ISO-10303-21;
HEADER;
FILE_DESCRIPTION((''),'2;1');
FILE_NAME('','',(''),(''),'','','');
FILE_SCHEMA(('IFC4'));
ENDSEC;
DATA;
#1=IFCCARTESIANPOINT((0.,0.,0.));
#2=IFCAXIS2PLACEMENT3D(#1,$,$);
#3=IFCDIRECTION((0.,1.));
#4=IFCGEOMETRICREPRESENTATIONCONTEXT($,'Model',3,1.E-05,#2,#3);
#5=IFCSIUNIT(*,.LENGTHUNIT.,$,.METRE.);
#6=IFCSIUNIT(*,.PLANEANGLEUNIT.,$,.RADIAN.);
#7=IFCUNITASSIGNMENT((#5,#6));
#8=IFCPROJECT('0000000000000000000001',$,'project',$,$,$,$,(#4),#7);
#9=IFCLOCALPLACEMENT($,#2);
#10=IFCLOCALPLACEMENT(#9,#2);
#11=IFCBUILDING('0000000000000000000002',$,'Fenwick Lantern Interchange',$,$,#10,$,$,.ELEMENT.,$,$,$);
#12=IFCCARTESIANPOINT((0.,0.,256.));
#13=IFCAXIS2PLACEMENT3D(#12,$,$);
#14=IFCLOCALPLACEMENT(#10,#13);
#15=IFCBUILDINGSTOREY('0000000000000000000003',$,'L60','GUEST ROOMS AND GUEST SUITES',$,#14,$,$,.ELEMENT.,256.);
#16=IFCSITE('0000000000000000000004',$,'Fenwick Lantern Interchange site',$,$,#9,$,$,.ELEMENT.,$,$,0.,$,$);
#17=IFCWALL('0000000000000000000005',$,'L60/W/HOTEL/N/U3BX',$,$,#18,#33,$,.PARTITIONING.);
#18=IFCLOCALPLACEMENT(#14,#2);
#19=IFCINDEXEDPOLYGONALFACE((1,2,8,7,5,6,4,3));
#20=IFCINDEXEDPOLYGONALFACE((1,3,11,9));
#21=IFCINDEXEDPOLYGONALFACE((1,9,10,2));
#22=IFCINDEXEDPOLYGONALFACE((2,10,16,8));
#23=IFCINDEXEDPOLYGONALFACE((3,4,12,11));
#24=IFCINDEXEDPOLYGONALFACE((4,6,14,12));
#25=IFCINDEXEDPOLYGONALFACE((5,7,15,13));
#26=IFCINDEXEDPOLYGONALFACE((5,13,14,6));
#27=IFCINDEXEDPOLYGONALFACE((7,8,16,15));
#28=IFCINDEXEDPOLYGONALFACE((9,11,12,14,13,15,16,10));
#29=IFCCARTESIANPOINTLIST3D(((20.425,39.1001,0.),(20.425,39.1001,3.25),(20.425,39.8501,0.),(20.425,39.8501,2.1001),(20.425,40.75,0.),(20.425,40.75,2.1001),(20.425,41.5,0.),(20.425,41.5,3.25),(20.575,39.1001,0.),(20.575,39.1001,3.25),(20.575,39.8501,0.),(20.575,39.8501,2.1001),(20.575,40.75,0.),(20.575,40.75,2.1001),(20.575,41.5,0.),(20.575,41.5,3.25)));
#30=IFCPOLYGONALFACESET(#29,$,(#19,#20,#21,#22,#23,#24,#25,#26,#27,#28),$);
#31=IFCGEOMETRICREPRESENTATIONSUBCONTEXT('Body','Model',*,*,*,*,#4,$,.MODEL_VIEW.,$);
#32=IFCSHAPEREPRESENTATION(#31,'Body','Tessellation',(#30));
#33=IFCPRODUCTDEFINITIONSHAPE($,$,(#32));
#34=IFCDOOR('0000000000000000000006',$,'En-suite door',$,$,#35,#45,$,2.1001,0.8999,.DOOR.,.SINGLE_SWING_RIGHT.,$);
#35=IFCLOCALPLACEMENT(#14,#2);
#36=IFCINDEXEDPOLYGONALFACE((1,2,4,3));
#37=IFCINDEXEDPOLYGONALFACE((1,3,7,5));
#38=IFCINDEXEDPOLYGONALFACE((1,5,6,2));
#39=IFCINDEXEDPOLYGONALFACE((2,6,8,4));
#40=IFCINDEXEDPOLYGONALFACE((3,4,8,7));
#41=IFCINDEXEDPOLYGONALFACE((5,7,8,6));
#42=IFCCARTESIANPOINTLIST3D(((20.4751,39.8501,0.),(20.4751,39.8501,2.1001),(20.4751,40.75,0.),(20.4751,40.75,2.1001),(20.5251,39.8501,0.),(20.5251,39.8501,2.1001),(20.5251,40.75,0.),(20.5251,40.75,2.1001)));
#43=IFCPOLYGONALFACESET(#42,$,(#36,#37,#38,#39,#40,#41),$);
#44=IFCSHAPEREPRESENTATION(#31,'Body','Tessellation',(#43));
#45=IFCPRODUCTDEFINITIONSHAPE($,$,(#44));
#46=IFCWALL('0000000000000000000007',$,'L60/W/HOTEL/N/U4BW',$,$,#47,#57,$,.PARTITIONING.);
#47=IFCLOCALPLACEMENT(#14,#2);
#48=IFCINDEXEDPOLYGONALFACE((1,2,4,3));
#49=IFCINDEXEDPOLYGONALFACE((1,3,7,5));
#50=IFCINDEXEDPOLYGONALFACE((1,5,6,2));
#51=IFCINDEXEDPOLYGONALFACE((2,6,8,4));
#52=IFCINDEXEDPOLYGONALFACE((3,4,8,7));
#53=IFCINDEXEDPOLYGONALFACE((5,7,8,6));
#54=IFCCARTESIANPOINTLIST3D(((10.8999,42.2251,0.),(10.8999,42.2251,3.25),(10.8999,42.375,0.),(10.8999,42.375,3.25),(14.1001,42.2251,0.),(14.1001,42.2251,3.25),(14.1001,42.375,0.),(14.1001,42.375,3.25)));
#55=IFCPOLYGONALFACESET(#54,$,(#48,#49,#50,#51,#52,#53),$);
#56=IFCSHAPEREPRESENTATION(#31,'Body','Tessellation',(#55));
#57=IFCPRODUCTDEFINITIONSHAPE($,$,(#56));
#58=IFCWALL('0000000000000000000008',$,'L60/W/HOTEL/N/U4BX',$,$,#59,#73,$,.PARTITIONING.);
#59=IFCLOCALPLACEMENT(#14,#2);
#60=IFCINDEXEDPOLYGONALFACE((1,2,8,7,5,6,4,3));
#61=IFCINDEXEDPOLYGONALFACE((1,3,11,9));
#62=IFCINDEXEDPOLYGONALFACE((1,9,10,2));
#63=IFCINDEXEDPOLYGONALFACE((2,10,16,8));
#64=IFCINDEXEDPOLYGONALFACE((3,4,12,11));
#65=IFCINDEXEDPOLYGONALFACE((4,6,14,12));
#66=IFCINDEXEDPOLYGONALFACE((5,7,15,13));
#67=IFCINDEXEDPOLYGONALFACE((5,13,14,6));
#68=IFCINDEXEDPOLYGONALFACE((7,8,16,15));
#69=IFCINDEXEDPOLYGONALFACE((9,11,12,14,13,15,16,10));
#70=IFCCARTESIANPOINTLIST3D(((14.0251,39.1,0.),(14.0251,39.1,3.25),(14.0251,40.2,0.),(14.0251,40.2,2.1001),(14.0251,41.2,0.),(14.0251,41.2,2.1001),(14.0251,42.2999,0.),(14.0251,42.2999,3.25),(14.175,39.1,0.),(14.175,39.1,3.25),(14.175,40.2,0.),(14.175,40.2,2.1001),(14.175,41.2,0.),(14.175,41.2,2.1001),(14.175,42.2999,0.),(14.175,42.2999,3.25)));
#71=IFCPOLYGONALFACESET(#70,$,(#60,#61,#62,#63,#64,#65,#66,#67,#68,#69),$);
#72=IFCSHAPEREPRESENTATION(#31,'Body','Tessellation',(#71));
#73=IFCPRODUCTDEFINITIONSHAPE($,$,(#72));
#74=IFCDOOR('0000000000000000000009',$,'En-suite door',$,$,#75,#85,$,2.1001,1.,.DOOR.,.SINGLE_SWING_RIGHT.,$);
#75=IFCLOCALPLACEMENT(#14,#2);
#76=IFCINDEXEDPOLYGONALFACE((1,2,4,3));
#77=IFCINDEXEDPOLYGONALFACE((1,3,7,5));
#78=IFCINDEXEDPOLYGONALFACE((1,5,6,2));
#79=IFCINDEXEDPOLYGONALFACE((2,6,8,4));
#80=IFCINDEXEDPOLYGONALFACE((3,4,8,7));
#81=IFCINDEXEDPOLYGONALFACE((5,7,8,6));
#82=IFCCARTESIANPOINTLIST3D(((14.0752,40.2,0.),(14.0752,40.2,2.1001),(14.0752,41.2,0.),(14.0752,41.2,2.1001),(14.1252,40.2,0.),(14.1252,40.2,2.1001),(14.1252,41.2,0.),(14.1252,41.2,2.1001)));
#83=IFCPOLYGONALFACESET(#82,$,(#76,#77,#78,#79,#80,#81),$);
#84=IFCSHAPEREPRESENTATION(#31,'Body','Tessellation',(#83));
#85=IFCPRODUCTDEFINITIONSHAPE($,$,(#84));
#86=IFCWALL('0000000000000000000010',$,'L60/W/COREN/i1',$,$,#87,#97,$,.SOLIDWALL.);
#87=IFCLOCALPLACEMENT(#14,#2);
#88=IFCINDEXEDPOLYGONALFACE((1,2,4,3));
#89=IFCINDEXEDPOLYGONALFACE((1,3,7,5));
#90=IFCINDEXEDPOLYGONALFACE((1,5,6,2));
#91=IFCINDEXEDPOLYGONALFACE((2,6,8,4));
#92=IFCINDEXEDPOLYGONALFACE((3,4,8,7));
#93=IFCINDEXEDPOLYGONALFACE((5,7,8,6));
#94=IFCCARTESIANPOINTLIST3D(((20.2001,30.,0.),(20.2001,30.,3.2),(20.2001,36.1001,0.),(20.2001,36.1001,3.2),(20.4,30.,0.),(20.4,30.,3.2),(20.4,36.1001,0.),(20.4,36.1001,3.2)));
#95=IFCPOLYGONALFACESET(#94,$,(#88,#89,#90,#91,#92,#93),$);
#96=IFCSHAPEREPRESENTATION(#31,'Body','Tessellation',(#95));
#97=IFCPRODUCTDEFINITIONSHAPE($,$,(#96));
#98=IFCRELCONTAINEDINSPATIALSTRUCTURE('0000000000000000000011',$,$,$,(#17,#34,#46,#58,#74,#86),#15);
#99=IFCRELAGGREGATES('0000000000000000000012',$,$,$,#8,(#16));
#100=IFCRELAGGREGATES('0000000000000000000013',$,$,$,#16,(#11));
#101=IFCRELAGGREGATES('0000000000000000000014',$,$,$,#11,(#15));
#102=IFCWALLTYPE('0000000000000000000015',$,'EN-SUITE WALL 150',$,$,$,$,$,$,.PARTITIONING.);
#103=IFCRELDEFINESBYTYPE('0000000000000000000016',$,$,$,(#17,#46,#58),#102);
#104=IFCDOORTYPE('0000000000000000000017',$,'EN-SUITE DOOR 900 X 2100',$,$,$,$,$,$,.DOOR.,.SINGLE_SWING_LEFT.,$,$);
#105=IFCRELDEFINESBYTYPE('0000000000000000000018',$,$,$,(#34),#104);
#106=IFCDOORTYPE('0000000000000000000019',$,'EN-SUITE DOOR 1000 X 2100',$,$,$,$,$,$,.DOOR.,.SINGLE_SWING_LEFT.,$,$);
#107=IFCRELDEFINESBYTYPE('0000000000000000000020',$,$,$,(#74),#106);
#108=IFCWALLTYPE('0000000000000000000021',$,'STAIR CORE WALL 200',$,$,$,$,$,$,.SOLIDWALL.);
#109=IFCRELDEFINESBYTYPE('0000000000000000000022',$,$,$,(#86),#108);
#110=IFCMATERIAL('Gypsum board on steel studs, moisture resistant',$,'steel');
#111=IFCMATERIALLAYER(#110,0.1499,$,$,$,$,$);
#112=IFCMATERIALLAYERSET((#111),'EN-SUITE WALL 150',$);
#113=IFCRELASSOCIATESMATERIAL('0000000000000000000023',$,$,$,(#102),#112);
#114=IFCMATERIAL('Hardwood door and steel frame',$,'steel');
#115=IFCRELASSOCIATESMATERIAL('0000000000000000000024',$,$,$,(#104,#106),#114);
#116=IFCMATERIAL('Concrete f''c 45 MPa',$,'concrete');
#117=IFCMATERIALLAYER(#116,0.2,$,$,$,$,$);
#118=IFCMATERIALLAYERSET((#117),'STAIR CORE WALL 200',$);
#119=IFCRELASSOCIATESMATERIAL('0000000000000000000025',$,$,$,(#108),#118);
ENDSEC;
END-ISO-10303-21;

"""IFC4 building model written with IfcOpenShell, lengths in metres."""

from ifc_helpers import new_model, si_unit, direction, frame, frame_2d, origin, place, context, subcontext, project, spatial, rectangle, extrude, material, layer, layer_set, type_object, element, fill, save


model = new_model("IFC4")

# Units and contexts
model_context = context("Model", 3, precision=1e-05, world=origin(), true_north=direction((0.0, 1.0)))
body_context = subcontext(model_context, "Body", "Model", "MODEL_VIEW")
ifc_project = project(units=[si_unit("LENGTHUNIT", "METRE"), si_unit("PLANEANGLEUNIT", "RADIAN")], contexts=[model_context])

# Site, building, storey
site_placement = place(None, origin())
site = spatial("IfcSite", under=ifc_project, at=site_placement, Name="Fenwick Lantern Interchange site", CompositionType="ELEMENT", RefElevation=0.0)
building_placement = place(site_placement, origin())
building = spatial("IfcBuilding", under=site, at=building_placement, Name="Fenwick Lantern Interchange", CompositionType="ELEMENT")
storey_placement = place(building_placement, frame((0.0, 0.0, 256.0)))
storey = spatial("IfcBuildingStorey", under=building, at=storey_placement, Name="L60", Description="GUEST ROOMS AND GUEST SUITES", CompositionType="ELEMENT", Elevation=256.0)

# Shared definitions
ifc_material_1 = material(Name="Hardwood door and steel frame", Category="steel")

# Shared definitions
ifc_material_2 = material(Name="Gypsum board on steel studs, moisture resistant", Category="steel")
ifc_layer_1 = layer(ifc_material_2, 0.1499)
ifc_layer_set_1 = layer_set([ifc_layer_1], Name="EN-SUITE WALL 150")
wall_type_1 = type_object("IfcWallType", Name="EN-SUITE WALL 150", PredefinedType="PARTITIONING", material=ifc_layer_set_1)

# Wall, opening, door
wall_1_placement = place(storey_placement, frame((20.5, 41.5, 0.0), z_axis=(0.0, 0.0, 1.0), x_axis=(0.0, -1.0, 0.0)))
wall_1 = element("IfcWall", 1, at=wall_1_placement, inside=storey, type_object=wall_type_1, Name="L60/W/HOTEL/N/U3BX", PredefinedType="PARTITIONING", context=body_context, shape_type="SweptSolid", body=[
    extrude(rectangle(XDim=2.3999, YDim=0.1499, at=frame_2d((1.2, 0.0))), origin(), (0.0, 0.0, 1.0), 3.25),
])
opening_1_placement = place(wall_1_placement, frame((0.75, 0.0, 0.0)))
opening_1 = element("IfcOpeningElement", 2, at=opening_1_placement, cuts=wall_1, PredefinedType="OPENING", context=body_context, shape_type="SweptSolid", body=[
    extrude(rectangle(XDim=0.8999, YDim=2.1001, at=frame_2d((0.45, 1.05))), frame((0.0, 0.085, 0.0), z_axis=(0.0, -1.0, 0.0), x_axis=(1.0, 0.0, 0.0)), (0.0, 0.0, 1.0), 0.1699),
])
door_type_1 = type_object("IfcDoorType", Name="EN-SUITE DOOR 900 X 2100", OperationType="SINGLE_SWING_LEFT", PredefinedType="DOOR", material=ifc_material_1)
door_1_placement = place(opening_1_placement, frame((0.8999, 0.0, 0.0), z_axis=(0.0, 0.0, 1.0), x_axis=(-1.0, 0.0, 0.0)))
door_1 = element("IfcDoor", 3, at=door_1_placement, inside=storey, type_object=door_type_1, Name="En-suite door", OperationType="SINGLE_SWING_RIGHT", OverallHeight=2.1001, OverallWidth=0.8999, PredefinedType="DOOR", context=body_context, shape_type="SweptSolid", body=[
    extrude(rectangle(XDim=0.8999, YDim=2.1001, at=frame_2d((0.45, 1.05))), frame((0.0, 0.0249, 0.0), z_axis=(0.0, -1.0, 0.0), x_axis=(1.0, 0.0, 0.0)), (0.0, 0.0, 1.0), 0.05),
])
fill(opening_1, door_1)

# Wall
wall_2_placement = place(storey_placement, frame((14.1001, 42.3, 0.0), z_axis=(0.0, 0.0, 1.0), x_axis=(-1.0, 0.0, 0.0)))
element("IfcWall", 4, at=wall_2_placement, inside=storey, type_object=wall_type_1, Name="L60/W/HOTEL/N/U4BW", PredefinedType="PARTITIONING", context=body_context, shape_type="SweptSolid", body=[
    extrude(rectangle(XDim=3.2002, YDim=0.1499, at=frame_2d((1.6001, 0.0))), origin(), (0.0, 0.0, 1.0), 3.25),
])

# Wall, opening, door
wall_3_placement = place(storey_placement, frame((14.1001, 42.3, 0.0), z_axis=(0.0, 0.0, 1.0), x_axis=(0.0, -1.0, 0.0)))
wall_3 = element("IfcWall", 5, at=wall_3_placement, inside=storey, type_object=wall_type_1, Name="L60/W/HOTEL/N/U4BX", PredefinedType="PARTITIONING", context=body_context, shape_type="SweptSolid", body=[
    extrude(rectangle(XDim=3.2, YDim=0.1499, at=frame_2d((1.6001, 0.0))), origin(), (0.0, 0.0, 1.0), 3.25),
])
opening_2_placement = place(wall_3_placement, frame((1.1001, 0.0, 0.0)))
opening_2 = element("IfcOpeningElement", 6, at=opening_2_placement, cuts=wall_3, PredefinedType="OPENING", context=body_context, shape_type="SweptSolid", body=[
    extrude(rectangle(XDim=1.0, YDim=2.1001, at=frame_2d((0.5, 1.05))), frame((0.0, 0.085, 0.0), z_axis=(0.0, -1.0, 0.0), x_axis=(1.0, 0.0, 0.0)), (0.0, 0.0, 1.0), 0.1699),
])
door_type_2 = type_object("IfcDoorType", Name="EN-SUITE DOOR 1000 X 2100", OperationType="SINGLE_SWING_LEFT", PredefinedType="DOOR", material=ifc_material_1)
door_2_placement = place(opening_2_placement, frame((1.0, 0.0, 0.0), z_axis=(0.0, 0.0, 1.0), x_axis=(-1.0, 0.0, 0.0)))
door_2 = element("IfcDoor", 7, at=door_2_placement, inside=storey, type_object=door_type_2, Name="En-suite door", OperationType="SINGLE_SWING_RIGHT", OverallHeight=2.1001, OverallWidth=1.0, PredefinedType="DOOR", context=body_context, shape_type="SweptSolid", body=[
    extrude(rectangle(XDim=1.0, YDim=2.1001, at=frame_2d((0.5, 1.05))), frame((0.0, 0.0249, 0.0), z_axis=(0.0, -1.0, 0.0), x_axis=(1.0, 0.0, 0.0)), (0.0, 0.0, 1.0), 0.05),
])
fill(opening_2, door_2)

# Wall
ifc_material_3 = material(Name="Concrete f'c 45 MPa", Category="concrete")
ifc_layer_2 = layer(ifc_material_3, 0.2)
ifc_layer_set_2 = layer_set([ifc_layer_2], Name="STAIR CORE WALL 200")
wall_type_2 = type_object("IfcWallType", Name="STAIR CORE WALL 200", PredefinedType="SOLIDWALL", material=ifc_layer_set_2)
wall_4_placement = place(storey_placement, frame((20.3, 36.1001, 0.0), z_axis=(0.0, 0.0, 1.0), x_axis=(0.0, -1.0, 0.0)))
element("IfcWall", 8, at=wall_4_placement, inside=storey, type_object=wall_type_2, Name="L60/W/COREN/i1", PredefinedType="SOLIDWALL", context=body_context, shape_type="SweptSolid", body=[
    extrude(rectangle(XDim=6.1001, YDim=0.2, at=frame_2d((3.05, 0.0))), origin(), (0.0, 0.0, 1.0), 3.2),
])

save(model, "model.ifc")
